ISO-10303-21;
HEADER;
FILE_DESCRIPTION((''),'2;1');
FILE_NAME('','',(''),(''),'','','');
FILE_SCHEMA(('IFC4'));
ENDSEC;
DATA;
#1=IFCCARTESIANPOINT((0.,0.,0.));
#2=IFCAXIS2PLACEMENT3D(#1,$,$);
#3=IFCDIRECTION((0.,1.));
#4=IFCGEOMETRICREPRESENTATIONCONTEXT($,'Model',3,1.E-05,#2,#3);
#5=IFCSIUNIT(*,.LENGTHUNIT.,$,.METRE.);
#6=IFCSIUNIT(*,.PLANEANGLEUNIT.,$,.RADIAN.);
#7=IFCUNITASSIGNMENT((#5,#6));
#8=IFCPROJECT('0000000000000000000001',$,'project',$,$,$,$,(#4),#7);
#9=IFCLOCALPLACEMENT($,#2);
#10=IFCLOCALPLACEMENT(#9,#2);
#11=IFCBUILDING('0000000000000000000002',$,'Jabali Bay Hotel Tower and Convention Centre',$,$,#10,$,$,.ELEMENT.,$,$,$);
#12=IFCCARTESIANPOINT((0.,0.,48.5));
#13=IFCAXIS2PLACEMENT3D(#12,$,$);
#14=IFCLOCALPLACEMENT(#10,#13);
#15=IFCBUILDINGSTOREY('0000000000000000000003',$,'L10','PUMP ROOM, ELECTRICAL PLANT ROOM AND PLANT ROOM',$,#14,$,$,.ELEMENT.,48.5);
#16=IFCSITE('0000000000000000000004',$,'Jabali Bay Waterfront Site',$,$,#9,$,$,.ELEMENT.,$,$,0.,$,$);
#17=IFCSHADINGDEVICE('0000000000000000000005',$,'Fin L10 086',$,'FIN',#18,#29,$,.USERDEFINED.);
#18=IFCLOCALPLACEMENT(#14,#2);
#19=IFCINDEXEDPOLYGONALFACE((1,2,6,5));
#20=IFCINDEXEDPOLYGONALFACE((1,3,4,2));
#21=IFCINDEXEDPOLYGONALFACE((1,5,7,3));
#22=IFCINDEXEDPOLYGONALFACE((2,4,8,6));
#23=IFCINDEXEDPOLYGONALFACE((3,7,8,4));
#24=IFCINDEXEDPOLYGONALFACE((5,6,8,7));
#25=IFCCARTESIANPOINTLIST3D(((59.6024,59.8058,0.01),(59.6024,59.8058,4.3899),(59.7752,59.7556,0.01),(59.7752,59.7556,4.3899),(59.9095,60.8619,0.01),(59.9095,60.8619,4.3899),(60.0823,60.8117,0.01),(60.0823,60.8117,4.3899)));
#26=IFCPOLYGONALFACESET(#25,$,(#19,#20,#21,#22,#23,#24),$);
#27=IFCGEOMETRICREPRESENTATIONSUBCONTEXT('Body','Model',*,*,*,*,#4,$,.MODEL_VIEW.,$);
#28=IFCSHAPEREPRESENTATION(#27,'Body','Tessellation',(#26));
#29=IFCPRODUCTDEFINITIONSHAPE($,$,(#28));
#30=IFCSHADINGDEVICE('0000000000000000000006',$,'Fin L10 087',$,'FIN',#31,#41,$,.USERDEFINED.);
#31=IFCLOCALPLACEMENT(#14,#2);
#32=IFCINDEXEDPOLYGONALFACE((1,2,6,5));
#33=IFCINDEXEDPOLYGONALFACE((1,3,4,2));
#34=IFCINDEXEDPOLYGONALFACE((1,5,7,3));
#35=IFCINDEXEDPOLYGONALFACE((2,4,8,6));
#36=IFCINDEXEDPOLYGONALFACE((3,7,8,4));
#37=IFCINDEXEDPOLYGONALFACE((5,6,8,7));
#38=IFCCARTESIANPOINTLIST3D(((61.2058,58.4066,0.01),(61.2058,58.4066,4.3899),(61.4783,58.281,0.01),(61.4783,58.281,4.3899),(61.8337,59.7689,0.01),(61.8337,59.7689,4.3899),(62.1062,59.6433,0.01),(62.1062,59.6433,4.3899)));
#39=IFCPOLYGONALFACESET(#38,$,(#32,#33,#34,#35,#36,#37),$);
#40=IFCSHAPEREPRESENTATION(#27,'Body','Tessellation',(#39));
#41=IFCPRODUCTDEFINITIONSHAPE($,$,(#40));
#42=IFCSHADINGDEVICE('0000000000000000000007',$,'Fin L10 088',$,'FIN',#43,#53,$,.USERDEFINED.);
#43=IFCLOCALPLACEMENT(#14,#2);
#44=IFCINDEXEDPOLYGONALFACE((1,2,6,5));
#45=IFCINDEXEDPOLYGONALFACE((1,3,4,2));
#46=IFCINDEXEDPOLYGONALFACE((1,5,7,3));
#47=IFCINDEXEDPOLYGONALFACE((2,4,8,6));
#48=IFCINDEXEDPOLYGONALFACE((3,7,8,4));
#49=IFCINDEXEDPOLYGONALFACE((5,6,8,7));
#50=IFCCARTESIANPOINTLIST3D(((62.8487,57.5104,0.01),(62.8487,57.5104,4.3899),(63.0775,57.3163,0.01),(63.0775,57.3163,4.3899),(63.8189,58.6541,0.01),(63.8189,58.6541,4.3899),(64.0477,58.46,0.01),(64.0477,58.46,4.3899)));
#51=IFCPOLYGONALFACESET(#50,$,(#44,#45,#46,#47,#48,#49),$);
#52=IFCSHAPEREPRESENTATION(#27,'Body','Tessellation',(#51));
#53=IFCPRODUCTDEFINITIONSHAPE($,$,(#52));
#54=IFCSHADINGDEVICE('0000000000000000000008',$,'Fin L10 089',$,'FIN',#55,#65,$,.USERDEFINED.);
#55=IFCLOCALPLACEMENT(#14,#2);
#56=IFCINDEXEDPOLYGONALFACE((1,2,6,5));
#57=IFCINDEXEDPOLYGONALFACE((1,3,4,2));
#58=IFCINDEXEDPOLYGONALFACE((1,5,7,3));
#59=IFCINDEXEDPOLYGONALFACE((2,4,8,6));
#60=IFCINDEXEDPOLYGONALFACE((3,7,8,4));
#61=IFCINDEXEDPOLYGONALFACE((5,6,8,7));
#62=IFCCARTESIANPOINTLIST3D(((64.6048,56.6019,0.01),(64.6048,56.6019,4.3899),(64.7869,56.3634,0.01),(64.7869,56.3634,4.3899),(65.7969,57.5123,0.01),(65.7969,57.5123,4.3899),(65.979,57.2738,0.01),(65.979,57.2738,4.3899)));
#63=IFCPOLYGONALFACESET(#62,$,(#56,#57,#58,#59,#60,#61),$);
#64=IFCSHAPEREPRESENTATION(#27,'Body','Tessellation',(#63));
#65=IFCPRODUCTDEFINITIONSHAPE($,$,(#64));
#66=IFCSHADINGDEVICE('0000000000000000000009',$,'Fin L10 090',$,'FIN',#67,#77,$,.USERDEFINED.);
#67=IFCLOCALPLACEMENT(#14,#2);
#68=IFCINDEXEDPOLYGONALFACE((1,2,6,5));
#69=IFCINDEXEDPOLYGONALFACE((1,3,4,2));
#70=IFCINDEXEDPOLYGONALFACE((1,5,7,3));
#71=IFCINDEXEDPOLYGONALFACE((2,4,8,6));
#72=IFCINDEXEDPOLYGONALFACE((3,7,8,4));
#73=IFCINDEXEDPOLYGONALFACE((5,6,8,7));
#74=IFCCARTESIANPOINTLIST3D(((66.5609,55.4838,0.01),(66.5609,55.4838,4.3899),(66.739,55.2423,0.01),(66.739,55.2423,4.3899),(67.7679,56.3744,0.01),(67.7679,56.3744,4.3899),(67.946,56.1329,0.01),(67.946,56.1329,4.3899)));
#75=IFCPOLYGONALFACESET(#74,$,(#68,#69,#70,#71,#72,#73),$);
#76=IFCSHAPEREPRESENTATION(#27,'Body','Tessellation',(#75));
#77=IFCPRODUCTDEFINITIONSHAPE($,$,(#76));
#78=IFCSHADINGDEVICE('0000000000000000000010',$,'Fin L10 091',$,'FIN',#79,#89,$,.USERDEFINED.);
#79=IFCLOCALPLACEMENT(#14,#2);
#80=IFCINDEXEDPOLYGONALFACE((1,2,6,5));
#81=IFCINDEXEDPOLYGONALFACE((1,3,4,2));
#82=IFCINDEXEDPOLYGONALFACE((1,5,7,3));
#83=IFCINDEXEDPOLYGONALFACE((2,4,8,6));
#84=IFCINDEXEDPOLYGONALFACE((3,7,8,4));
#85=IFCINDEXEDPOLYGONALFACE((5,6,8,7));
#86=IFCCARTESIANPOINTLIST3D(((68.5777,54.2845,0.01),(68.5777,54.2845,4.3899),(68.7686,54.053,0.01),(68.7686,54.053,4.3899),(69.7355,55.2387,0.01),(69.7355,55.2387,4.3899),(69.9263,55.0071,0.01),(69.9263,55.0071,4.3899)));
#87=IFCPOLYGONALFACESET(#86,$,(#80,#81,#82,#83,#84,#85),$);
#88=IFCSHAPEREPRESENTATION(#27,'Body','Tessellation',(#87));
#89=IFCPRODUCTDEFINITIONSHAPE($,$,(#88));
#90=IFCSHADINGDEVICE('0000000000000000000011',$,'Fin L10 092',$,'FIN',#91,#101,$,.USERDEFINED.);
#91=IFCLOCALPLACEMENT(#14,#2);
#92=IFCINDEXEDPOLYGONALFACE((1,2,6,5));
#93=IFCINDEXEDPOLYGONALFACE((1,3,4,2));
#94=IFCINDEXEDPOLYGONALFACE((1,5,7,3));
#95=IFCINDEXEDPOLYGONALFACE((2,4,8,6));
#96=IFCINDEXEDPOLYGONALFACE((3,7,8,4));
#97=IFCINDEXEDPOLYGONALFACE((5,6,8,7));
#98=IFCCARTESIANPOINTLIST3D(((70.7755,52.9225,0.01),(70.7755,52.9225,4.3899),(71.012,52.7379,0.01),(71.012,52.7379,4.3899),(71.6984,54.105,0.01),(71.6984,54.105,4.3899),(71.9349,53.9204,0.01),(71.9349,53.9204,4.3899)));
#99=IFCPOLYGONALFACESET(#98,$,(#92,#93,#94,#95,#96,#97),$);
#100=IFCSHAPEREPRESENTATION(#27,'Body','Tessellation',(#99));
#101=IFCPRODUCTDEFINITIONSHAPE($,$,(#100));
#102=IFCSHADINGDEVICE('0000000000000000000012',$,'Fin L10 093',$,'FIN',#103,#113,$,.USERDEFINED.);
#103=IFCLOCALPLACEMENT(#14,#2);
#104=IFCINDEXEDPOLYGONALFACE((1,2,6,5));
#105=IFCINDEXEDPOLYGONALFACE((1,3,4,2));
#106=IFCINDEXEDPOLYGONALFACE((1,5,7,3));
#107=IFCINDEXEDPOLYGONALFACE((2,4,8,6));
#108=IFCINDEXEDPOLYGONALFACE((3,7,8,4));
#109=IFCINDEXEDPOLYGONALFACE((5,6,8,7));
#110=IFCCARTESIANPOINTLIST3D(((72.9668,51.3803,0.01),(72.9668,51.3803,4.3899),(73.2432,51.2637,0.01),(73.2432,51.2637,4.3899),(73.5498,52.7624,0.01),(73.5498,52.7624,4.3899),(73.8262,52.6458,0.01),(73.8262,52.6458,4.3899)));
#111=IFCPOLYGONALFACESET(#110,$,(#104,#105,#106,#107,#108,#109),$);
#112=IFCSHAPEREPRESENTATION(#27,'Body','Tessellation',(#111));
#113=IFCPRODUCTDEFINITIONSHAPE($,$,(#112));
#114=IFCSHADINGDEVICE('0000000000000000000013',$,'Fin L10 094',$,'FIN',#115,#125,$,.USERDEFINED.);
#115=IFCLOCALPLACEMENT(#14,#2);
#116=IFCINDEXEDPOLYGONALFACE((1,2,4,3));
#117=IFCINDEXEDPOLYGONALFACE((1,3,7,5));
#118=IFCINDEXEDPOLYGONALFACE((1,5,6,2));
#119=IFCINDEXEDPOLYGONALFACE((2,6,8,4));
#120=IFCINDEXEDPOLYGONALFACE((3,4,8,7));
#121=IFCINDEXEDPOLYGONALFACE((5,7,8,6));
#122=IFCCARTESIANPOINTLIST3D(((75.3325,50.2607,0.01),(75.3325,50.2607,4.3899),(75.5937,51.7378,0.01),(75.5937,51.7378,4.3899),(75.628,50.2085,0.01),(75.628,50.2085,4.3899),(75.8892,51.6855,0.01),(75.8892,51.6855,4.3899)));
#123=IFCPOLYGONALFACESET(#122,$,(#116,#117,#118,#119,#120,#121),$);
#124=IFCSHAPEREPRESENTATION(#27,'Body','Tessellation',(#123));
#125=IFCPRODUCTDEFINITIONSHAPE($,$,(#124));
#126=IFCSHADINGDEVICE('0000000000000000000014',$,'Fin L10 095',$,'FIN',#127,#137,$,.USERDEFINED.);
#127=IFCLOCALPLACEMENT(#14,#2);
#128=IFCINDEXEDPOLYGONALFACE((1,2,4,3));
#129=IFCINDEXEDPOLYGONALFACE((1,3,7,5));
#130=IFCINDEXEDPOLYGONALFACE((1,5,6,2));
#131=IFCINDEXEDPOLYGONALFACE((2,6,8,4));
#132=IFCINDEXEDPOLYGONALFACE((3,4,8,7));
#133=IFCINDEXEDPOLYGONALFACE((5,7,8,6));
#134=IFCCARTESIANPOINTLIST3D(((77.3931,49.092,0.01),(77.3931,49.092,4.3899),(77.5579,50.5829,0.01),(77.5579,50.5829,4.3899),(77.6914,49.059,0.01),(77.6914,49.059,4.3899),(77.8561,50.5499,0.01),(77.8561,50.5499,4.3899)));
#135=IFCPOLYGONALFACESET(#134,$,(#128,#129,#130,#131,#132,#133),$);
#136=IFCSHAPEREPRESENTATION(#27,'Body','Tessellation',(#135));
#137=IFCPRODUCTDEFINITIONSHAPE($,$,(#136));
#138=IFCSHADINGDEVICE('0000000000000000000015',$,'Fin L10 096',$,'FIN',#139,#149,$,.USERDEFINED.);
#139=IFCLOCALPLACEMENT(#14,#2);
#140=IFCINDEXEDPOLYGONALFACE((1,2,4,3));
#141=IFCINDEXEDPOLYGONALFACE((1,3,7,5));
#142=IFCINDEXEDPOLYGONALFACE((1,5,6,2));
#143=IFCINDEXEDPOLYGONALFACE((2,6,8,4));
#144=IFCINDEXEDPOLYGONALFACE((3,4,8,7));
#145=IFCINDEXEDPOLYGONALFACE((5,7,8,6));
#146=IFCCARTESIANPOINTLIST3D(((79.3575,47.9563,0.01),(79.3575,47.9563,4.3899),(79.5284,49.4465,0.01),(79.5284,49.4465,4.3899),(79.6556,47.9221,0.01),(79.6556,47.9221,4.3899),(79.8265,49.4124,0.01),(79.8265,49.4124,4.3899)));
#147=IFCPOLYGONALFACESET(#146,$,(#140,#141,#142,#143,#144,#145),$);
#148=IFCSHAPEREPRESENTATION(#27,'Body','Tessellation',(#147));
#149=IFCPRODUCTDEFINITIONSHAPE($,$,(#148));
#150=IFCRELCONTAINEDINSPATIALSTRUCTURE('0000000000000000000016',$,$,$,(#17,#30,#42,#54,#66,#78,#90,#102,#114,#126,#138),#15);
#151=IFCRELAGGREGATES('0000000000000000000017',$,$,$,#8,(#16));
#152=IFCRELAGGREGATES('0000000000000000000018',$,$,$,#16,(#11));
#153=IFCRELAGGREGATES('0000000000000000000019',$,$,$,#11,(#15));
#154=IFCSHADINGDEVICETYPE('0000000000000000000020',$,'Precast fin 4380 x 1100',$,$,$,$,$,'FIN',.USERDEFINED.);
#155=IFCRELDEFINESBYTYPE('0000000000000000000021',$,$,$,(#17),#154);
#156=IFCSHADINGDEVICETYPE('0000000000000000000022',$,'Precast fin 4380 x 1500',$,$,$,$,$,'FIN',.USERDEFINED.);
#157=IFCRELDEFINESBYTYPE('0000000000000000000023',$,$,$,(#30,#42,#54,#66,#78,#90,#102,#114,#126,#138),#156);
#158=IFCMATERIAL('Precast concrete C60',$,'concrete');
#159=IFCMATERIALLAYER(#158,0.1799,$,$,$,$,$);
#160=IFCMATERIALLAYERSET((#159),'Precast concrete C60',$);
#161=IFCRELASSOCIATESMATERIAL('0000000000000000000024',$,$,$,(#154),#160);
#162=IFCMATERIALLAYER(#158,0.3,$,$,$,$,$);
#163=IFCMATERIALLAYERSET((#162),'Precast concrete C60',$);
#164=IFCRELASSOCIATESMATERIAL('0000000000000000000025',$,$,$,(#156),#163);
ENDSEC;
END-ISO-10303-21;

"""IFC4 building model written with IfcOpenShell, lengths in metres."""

from ifc_helpers import new_model, si_unit, direction, frame, frame_2d, origin, place, context, subcontext, project, spatial, rectangle, extrude, material, layer, layer_set, type_object, element, save


model = new_model("IFC4")

# Units and contexts
model_context = context("Model", 3, precision=1e-05, world=origin(), true_north=direction((0.0, 1.0)))
body_context = subcontext(model_context, "Body", "Model", "MODEL_VIEW")
ifc_project = project(units=[si_unit("LENGTHUNIT", "METRE"), si_unit("PLANEANGLEUNIT", "RADIAN")], contexts=[model_context])

# Site, building, storey
site_placement = place(None, origin())
site = spatial("IfcSite", under=ifc_project, at=site_placement, Name="Jabali Bay Waterfront Site", CompositionType="ELEMENT", RefElevation=0.0)
building_placement = place(site_placement, origin())
building = spatial("IfcBuilding", under=site, at=building_placement, Name="Jabali Bay Hotel Tower and Convention Centre", CompositionType="ELEMENT")
storey_placement = place(building_placement, frame((0.0, 0.0, 48.5)))
storey = spatial("IfcBuildingStorey", under=building, at=storey_placement, Name="L10", Description="PUMP ROOM, ELECTRICAL PLANT ROOM AND PLANT ROOM", CompositionType="ELEMENT", Elevation=48.5)

# Shading devices
ifc_material_1 = material(Name="Precast concrete C60", Category="concrete")
ifc_layer_1 = layer(ifc_material_1, 0.1799)
ifc_layer_set_1 = layer_set([ifc_layer_1], Name="Precast concrete C60")
shading_device_type_1 = type_object("IfcShadingDeviceType", Name="Precast fin 4380 x 1100", ElementType="FIN", PredefinedType="USERDEFINED", material=ifc_layer_set_1)
shading_device_1_placement = place(storey_placement, frame((59.9958, 60.8367, 0.01), z_axis=(0.0, 0.0, 1.0), x_axis=(-0.279233, -0.960223, 0.0)))
element("IfcShadingDevice", 1, at=shading_device_1_placement, inside=storey, type_object=shading_device_type_1, Name="Fin L10 086", ObjectType="FIN", PredefinedType="USERDEFINED", context=body_context, shape_type="SweptSolid", body=[
    extrude(rectangle(XDim=1.0999, YDim=0.1799, at=frame_2d((0.5498, 0.0))), origin(), (0.0, 0.0, 1.0), 4.3799),
])
ifc_layer_2 = layer(ifc_material_1, 0.3)
ifc_layer_set_2 = layer_set([ifc_layer_2], Name="Precast concrete C60")
shading_device_type_2 = type_object("IfcShadingDeviceType", Name="Precast fin 4380 x 1500", ElementType="FIN", PredefinedType="USERDEFINED", material=ifc_layer_set_2)
shading_device_2_placement = place(storey_placement, frame((61.97, 59.7061, 0.01), z_axis=(0.0, 0.0, 1.0), x_axis=(-0.418604, -0.908169, 0.0)))
element("IfcShadingDevice", 2, at=shading_device_2_placement, inside=storey, type_object=shading_device_type_2, Name="Fin L10 087", ObjectType="FIN", PredefinedType="USERDEFINED", context=body_context, shape_type="SweptSolid", body=[
    extrude(rectangle(XDim=1.5, YDim=0.3, at=frame_2d((0.75, 0.0))), origin(), (0.0, 0.0, 1.0), 4.3799),
])
shading_device_3_placement = place(storey_placement, frame((63.9333, 58.5571, 0.01), z_axis=(0.0, 0.0, 1.0), x_axis=(-0.646868, -0.762602, 0.0)))
element("IfcShadingDevice", 3, at=shading_device_3_placement, inside=storey, type_object=shading_device_type_2, Name="Fin L10 088", ObjectType="FIN", PredefinedType="USERDEFINED", context=body_context, shape_type="SweptSolid", body=[
    extrude(rectangle(XDim=1.4998, YDim=0.3, at=frame_2d((0.75, 0.0))), origin(), (0.0, 0.0, 1.0), 4.3799),
])
for number, where, z_axis, x_axis, name in (
    (4, (65.8879, 57.3931, 0.01), (0.0, 0.0, 1.0), (-0.794755, -0.60693, 0.0), "Fin L10 089"),
    (5, (67.8569, 56.2537, 0.01), (0.0, 0.0, 1.0), (-0.804663, -0.593732, 0.0), "Fin L10 090"),
):
    element("IfcShadingDevice", number, at=place(storey_placement, frame(where, z_axis=z_axis, x_axis=x_axis)), inside=storey, type_object=shading_device_type_2, Name=name, ObjectType="FIN", PredefinedType="USERDEFINED", context=body_context, shape_type="SweptSolid", body=[
        extrude(rectangle(XDim=1.5, YDim=0.3, at=frame_2d((0.75, 0.0))), origin(), (0.0, 0.0, 1.0), 4.3799),
    ])
shading_device_4_placement = place(storey_placement, frame((69.8308, 55.1228, 0.01), z_axis=(0.0, 0.0, 1.0), x_axis=(-0.771705, -0.635981, 0.0)))
element("IfcShadingDevice", 6, at=shading_device_4_placement, inside=storey, type_object=shading_device_type_2, Name="Fin L10 091", ObjectType="FIN", PredefinedType="USERDEFINED", context=body_context, shape_type="SweptSolid", body=[
    extrude(rectangle(XDim=1.5002, YDim=0.3, at=frame_2d((0.75, 0.0))), origin(), (0.0, 0.0, 1.0), 4.3799),
])
for number, where, z_axis, x_axis, name in (
    (7, (71.8167, 54.0127, 0.01), (0.0, 0.0, 1.0), (-0.615281, -0.788308, 0.0), "Fin L10 092"),
    (8, (73.688, 52.7041, 0.01), (0.0, 0.0, 1.0), (-0.388668, -0.921378, 0.0), "Fin L10 093"),
    (9, (75.7415, 51.7117, 0.01), (0.0, 0.0, 1.0), (-0.174157, -0.984718, 0.0), "Fin L10 094"),
    (10, (77.707, 50.5664, 0.01), (0.0, 0.0, 1.0), (-0.10986, -0.993947, 0.0), "Fin L10 095"),
    (11, (79.6775, 49.4294, 0.01), (0.0, 0.0, 1.0), (-0.113932, -0.993489, 0.0), "Fin L10 096"),
):
    element("IfcShadingDevice", number, at=place(storey_placement, frame(where, z_axis=z_axis, x_axis=x_axis)), inside=storey, type_object=shading_device_type_2, Name=name, ObjectType="FIN", PredefinedType="USERDEFINED", context=body_context, shape_type="SweptSolid", body=[
        extrude(rectangle(XDim=1.5, YDim=0.3, at=frame_2d((0.75, 0.0))), origin(), (0.0, 0.0, 1.0), 4.3799),
    ])

save(model, "model.ifc")
